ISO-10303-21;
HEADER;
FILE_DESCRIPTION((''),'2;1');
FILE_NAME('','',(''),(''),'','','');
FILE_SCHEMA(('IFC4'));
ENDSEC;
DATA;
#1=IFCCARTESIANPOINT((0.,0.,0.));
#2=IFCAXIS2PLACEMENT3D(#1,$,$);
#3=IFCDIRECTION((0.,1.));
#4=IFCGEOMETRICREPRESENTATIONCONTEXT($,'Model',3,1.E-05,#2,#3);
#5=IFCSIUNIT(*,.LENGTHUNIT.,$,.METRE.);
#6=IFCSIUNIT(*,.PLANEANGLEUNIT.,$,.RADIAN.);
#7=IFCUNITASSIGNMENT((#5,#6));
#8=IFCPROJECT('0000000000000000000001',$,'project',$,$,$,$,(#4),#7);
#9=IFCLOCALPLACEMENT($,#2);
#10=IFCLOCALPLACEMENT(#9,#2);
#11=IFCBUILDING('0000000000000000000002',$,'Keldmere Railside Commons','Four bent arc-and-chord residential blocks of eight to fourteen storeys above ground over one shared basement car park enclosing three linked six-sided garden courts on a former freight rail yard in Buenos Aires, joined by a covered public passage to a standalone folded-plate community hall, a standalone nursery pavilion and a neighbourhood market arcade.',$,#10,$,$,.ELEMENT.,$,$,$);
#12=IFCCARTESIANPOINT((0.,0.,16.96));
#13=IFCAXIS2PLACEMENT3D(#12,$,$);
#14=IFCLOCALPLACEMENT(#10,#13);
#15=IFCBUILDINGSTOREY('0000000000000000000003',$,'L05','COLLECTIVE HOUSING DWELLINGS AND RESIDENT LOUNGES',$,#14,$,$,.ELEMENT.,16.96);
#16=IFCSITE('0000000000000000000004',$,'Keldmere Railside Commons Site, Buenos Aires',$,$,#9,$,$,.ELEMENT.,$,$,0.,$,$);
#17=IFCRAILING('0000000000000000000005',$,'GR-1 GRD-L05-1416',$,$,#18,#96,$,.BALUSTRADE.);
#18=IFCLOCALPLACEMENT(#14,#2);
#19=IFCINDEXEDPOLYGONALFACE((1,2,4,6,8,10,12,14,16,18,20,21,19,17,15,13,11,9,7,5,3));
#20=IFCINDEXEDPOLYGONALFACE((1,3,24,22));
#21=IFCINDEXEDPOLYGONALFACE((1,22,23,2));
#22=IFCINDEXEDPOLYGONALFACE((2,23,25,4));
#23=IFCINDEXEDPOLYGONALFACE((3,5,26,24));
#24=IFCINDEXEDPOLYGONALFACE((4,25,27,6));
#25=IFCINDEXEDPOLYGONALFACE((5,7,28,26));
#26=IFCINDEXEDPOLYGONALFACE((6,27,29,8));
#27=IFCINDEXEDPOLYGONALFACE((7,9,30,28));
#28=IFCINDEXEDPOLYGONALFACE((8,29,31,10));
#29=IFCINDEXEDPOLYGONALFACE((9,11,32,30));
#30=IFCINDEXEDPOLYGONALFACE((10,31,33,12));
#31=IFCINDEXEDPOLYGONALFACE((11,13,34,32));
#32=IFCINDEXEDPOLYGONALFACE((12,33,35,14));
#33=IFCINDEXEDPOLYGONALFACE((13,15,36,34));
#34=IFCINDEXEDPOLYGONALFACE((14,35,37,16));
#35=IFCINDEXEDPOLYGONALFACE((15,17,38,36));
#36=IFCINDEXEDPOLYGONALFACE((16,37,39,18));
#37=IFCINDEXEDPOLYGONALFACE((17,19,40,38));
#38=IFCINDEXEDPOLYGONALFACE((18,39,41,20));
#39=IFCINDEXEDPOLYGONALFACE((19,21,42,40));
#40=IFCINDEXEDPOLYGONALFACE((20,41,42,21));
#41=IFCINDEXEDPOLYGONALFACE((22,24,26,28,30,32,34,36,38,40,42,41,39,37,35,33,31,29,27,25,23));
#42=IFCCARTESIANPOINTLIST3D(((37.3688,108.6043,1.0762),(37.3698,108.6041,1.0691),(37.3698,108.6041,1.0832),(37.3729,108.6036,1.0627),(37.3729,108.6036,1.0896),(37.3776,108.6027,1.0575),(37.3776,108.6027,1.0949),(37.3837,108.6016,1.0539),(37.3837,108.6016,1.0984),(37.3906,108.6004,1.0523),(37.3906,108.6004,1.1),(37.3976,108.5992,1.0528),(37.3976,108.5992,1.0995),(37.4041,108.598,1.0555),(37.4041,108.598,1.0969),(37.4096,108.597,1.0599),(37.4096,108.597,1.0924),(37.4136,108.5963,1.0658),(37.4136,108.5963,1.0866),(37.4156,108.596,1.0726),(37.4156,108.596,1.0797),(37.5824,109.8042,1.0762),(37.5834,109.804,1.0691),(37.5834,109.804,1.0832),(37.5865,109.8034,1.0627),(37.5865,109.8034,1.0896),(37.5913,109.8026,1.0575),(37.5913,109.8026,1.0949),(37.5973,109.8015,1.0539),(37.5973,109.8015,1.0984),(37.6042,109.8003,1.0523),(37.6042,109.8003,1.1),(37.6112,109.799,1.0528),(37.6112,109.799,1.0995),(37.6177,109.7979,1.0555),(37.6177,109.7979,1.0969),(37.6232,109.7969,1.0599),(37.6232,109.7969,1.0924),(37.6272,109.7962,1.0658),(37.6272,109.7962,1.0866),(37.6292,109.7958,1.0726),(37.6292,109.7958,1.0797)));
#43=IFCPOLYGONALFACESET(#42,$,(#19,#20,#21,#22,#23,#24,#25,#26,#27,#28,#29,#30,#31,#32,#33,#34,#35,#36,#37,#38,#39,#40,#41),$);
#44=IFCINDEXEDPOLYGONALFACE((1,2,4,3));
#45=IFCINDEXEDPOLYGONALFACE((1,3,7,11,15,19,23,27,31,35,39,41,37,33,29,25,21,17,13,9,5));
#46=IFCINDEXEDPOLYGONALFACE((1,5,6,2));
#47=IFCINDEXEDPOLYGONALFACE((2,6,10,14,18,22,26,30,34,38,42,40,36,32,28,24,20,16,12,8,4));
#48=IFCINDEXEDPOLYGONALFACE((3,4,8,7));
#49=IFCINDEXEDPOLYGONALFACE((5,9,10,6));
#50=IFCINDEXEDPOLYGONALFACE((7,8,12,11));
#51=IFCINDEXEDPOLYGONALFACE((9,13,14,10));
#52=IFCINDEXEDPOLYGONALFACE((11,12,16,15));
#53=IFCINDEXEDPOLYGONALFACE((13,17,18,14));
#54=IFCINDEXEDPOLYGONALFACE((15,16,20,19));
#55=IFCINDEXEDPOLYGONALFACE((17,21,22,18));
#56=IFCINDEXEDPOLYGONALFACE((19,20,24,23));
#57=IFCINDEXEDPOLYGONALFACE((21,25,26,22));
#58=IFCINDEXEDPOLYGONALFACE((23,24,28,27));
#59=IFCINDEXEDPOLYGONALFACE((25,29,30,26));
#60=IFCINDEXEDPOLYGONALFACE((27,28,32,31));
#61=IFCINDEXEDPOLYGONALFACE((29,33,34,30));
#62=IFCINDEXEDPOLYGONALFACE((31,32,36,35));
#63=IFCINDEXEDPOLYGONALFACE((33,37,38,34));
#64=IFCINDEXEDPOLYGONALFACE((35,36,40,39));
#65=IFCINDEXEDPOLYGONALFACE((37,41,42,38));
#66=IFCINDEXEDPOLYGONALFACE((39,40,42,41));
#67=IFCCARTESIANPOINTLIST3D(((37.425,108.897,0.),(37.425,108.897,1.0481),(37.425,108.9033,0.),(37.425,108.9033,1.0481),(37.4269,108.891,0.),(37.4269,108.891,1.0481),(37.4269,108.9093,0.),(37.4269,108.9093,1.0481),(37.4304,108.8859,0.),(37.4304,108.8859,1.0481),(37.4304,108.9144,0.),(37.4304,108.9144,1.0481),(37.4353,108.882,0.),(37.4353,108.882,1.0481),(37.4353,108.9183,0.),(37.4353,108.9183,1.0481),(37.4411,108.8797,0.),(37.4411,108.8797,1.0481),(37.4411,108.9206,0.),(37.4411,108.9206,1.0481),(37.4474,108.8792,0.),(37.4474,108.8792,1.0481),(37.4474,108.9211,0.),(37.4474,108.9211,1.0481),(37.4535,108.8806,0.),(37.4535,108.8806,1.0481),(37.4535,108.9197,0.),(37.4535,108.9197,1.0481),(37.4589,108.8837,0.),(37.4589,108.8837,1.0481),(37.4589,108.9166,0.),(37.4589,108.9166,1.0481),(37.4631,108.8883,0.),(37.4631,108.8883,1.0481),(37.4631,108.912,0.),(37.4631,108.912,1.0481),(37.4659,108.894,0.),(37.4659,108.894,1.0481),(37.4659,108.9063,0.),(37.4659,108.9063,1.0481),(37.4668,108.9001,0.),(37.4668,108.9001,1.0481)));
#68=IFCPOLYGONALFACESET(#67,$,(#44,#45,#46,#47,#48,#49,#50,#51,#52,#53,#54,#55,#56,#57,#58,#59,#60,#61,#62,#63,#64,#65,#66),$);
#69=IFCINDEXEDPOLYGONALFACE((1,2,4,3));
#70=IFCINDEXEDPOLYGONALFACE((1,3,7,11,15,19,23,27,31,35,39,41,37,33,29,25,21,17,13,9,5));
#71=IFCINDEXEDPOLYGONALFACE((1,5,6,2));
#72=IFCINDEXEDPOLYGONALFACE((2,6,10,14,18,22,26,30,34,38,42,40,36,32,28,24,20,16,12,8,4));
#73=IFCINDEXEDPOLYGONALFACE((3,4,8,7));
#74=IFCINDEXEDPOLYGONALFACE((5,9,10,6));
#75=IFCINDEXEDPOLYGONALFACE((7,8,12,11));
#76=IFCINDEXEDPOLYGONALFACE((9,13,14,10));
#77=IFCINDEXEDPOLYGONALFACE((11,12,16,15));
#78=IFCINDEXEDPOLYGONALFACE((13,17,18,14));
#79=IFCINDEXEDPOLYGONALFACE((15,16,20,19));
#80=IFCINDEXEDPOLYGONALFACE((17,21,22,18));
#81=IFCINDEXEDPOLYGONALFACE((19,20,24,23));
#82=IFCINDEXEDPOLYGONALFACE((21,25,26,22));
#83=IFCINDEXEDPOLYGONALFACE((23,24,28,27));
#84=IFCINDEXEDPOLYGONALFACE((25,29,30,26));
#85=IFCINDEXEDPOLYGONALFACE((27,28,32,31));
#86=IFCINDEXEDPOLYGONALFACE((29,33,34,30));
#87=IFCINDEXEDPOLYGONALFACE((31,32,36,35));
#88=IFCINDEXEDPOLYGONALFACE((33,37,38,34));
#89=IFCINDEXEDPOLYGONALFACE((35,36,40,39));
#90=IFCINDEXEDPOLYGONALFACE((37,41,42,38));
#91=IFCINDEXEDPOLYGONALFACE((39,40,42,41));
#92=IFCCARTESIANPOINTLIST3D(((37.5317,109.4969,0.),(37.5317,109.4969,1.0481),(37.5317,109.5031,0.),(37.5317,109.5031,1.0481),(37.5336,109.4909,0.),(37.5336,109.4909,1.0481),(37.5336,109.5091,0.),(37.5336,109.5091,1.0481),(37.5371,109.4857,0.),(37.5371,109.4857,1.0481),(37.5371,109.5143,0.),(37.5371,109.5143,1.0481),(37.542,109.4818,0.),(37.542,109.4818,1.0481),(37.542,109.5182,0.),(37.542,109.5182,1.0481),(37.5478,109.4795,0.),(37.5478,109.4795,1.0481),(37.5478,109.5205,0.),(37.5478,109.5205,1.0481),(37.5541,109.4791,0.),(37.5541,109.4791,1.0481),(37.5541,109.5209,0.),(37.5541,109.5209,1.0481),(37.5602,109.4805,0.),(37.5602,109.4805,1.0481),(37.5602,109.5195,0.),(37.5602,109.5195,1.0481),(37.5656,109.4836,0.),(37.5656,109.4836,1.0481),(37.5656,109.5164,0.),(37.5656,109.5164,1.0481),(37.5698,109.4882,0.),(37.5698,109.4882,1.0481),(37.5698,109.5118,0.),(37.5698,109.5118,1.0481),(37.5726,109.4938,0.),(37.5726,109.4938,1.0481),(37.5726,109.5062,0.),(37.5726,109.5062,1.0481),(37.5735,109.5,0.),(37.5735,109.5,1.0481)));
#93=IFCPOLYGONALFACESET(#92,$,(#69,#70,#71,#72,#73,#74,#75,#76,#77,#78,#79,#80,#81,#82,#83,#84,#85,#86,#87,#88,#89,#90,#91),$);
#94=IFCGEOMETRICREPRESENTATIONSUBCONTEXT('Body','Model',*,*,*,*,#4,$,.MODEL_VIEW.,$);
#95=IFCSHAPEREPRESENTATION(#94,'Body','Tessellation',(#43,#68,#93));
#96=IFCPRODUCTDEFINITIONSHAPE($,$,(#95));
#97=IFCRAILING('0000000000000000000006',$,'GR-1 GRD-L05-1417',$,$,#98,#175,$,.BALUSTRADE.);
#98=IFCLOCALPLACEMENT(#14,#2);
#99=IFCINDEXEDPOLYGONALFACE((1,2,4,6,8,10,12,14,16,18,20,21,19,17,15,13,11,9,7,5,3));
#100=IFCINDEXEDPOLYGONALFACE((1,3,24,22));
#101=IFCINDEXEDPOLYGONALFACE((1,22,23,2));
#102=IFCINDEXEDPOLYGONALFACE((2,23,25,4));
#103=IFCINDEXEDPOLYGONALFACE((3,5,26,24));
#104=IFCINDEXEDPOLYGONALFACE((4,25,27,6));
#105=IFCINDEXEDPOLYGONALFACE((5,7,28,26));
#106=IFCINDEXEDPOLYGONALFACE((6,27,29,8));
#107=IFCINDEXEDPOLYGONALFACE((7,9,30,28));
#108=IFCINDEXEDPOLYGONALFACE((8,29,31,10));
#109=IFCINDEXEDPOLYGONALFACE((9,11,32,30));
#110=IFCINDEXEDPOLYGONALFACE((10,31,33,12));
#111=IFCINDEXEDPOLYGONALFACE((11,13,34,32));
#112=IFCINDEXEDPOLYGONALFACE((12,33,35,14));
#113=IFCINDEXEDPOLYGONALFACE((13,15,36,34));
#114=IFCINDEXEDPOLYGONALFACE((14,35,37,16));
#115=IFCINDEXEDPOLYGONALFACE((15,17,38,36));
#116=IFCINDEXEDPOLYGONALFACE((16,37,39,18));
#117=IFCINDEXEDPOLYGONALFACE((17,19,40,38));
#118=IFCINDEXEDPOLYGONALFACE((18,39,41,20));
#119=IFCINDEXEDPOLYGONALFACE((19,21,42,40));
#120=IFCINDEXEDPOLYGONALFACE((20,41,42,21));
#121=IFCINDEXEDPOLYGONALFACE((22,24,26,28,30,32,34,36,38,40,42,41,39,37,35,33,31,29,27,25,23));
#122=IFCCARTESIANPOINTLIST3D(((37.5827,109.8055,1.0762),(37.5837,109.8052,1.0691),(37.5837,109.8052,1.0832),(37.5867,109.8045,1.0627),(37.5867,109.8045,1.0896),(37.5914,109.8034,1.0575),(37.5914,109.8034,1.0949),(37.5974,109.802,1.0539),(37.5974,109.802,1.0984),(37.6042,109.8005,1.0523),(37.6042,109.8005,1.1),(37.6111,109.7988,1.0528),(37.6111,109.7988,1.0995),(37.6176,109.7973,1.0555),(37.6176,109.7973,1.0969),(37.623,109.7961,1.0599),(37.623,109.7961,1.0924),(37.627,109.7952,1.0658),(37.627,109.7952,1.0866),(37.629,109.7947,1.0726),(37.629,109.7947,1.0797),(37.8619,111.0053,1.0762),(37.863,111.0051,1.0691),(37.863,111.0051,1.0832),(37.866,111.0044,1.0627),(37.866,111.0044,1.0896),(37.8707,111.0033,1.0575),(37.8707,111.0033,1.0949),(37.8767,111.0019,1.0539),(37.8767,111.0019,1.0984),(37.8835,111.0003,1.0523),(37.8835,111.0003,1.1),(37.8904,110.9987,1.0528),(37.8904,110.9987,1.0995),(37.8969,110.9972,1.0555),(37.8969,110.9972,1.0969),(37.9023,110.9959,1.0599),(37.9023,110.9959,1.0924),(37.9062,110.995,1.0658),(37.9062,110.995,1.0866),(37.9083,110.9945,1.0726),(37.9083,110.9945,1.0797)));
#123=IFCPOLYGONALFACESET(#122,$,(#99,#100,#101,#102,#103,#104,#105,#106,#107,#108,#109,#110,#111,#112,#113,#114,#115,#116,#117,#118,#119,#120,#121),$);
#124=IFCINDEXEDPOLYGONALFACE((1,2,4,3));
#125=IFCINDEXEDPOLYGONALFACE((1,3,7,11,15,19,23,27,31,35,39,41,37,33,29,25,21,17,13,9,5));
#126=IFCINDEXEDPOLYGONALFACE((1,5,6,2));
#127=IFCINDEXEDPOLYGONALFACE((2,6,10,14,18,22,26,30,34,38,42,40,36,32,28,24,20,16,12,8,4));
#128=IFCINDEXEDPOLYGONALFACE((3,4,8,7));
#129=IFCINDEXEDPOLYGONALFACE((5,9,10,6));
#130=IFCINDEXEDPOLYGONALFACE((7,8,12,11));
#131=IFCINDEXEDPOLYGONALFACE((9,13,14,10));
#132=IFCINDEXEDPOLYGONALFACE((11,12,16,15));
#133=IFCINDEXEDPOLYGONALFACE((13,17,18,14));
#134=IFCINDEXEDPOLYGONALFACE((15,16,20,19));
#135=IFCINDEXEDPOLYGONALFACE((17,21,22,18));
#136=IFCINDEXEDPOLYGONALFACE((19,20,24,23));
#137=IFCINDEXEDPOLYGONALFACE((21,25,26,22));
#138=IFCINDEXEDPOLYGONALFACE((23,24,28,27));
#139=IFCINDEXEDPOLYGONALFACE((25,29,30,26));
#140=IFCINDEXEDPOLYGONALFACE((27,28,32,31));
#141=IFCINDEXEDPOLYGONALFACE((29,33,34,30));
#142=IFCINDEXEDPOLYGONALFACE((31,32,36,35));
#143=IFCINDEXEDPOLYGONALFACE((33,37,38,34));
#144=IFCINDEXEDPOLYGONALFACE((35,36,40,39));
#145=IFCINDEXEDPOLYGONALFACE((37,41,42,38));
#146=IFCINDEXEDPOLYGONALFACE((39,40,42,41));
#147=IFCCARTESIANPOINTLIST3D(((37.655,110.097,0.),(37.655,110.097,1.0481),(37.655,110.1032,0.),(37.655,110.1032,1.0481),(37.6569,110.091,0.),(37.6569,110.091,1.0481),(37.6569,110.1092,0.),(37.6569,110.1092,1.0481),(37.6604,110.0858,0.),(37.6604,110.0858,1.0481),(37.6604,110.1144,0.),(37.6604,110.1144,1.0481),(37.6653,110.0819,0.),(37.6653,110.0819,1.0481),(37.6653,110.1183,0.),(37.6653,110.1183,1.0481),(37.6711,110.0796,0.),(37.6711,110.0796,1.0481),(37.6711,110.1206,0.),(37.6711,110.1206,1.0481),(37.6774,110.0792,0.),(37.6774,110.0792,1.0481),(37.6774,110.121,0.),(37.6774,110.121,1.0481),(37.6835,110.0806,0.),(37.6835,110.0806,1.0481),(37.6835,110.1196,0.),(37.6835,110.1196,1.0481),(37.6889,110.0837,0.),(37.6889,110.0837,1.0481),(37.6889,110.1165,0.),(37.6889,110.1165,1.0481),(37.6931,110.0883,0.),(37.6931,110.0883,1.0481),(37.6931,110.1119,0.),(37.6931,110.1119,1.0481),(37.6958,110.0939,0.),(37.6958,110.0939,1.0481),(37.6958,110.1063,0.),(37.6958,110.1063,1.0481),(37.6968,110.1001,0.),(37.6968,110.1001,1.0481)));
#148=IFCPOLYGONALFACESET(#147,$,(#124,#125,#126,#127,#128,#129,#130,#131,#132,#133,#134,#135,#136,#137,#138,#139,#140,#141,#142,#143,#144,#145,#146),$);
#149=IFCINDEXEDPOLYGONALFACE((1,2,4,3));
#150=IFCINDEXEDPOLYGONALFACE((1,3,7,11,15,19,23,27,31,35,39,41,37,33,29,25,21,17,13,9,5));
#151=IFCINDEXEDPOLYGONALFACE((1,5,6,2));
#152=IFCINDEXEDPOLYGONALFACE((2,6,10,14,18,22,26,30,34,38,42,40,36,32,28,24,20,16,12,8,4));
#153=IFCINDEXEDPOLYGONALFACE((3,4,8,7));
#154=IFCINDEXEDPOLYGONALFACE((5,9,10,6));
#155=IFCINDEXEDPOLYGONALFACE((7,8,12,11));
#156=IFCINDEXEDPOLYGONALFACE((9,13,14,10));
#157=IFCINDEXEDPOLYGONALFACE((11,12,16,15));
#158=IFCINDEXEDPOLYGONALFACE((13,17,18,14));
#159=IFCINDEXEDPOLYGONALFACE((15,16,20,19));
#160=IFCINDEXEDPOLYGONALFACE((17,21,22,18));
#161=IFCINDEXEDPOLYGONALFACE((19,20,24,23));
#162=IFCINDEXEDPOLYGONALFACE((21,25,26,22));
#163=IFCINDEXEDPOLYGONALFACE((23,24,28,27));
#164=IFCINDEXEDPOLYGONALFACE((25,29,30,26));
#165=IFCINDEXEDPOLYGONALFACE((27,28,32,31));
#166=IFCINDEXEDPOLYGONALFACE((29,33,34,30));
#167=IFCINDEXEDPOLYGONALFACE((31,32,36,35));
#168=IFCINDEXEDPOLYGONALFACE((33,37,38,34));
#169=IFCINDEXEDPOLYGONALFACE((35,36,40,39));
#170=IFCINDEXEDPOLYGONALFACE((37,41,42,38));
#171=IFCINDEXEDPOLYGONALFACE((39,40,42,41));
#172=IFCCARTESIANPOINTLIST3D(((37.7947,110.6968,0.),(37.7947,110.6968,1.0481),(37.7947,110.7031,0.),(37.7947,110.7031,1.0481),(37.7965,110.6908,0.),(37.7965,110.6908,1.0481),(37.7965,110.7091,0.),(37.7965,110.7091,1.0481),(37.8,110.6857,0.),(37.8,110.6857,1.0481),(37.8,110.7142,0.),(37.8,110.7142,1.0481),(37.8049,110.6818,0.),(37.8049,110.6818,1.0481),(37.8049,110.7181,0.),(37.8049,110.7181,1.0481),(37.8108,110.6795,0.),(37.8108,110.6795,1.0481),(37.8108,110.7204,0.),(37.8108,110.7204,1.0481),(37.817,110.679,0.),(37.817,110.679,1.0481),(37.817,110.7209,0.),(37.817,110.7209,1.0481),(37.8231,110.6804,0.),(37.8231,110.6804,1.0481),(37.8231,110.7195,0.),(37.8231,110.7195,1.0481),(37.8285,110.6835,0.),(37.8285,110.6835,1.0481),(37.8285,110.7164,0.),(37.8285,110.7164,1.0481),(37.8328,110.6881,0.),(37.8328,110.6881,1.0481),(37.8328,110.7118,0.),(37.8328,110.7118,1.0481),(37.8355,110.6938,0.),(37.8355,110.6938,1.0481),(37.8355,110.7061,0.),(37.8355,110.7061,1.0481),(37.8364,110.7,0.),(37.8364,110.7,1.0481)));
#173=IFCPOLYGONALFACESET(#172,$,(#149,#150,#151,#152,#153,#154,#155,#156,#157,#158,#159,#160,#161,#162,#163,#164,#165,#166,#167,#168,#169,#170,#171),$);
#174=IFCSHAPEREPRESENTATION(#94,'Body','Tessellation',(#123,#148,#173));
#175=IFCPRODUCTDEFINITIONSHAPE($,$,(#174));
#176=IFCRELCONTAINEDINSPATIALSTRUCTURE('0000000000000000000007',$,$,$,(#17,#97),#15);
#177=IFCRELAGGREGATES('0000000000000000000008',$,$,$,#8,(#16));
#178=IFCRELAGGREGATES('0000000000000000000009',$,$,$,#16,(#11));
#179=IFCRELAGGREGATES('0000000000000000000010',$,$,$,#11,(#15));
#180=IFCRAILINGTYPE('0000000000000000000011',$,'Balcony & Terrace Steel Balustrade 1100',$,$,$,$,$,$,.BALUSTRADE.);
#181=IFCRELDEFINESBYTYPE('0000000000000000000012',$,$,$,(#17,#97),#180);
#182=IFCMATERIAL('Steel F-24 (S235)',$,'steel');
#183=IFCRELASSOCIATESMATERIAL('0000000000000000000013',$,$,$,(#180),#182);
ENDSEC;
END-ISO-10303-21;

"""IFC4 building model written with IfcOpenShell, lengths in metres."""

from ifc_helpers import new_model, si_unit, direction, frame, origin, origin_2d, place, context, subcontext, project, spatial, circle, extrude, material, type_object, element, save


model = new_model("IFC4")

# Units and contexts
model_context = context("Model", 3, precision=1e-05, world=origin(), true_north=direction((0.0, 1.0)))
body_context = subcontext(model_context, "Body", "Model", "MODEL_VIEW")
ifc_project = project(units=[si_unit("LENGTHUNIT", "METRE"), si_unit("PLANEANGLEUNIT", "RADIAN")], contexts=[model_context])

# Site, building, storey
site_placement = place(None, origin())
site = spatial("IfcSite", under=ifc_project, at=site_placement, Name="Keldmere Railside Commons Site, Buenos Aires", CompositionType="ELEMENT", RefElevation=0.0)
building_placement = place(site_placement, origin())
building = spatial("IfcBuilding", under=site, at=building_placement, Name="Keldmere Railside Commons", Description="Four bent arc-and-chord residential blocks of eight to fourteen storeys above ground over one shared basement car park enclosing three linked six-sided garden courts on a former freight rail yard in Buenos Aires, joined by a covered public passage to a standalone folded-plate community hall, a standalone nursery pavilion and a neighbourhood market arcade.", CompositionType="ELEMENT")
storey_placement = place(building_placement, frame((0.0, 0.0, 16.96)))
storey = spatial("IfcBuildingStorey", under=building, at=storey_placement, Name="L05", Description="COLLECTIVE HOUSING DWELLINGS AND RESIDENT LOUNGES", CompositionType="ELEMENT", Elevation=16.96)

# Shared definitions
ifc_material_1 = material(Name="Steel F-24 (S235)", Category="steel")

# Railings
railing_type_1 = type_object("IfcRailingType", Name="Balcony & Terrace Steel Balustrade 1100", PredefinedType="BALUSTRADE", material=ifc_material_1)
railing_1_placement = place(storey_placement, frame((37.3923, 108.6001, 0.0)))
element("IfcRailing", 1, at=railing_1_placement, inside=storey, type_object=railing_type_1, Name="GR-1 GRD-L05-1416", PredefinedType="BALUSTRADE", context=body_context, shape_type="SweptSolid", body=[
    extrude(circle(Radius=0.0239, at=origin_2d()), frame((0.0, 0.0, 1.0762), z_axis=(0.175271, 0.98452, 0.0), x_axis=(-0.98452, 0.175271, 0.0)), (0.0, 0.0, 1.0), 1.2188),
    extrude(circle(Radius=0.021, at=origin_2d()), frame((0.0535, 0.3, 0.0)), (0.0, 0.0, 1.0), 1.0481),
    extrude(circle(Radius=0.021, at=origin_2d()), frame((0.1602, 0.8999, 0.0)), (0.0, 0.0, 1.0), 1.0481),
])
railing_2_placement = place(storey_placement, frame((37.606, 109.8, 0.0)))
element("IfcRailing", 2, at=railing_2_placement, inside=storey, type_object=railing_type_1, Name="GR-1 GRD-L05-1417", PredefinedType="BALUSTRADE", context=body_context, shape_type="SweptSolid", body=[
    extrude(circle(Radius=0.0239, at=origin_2d()), frame((0.0, 0.0, 1.0762), z_axis=(0.226697, 0.973965, 0.0), x_axis=(-0.973965, 0.226697, 0.0)), (0.0, 0.0, 1.0), 1.2319),
    extrude(circle(Radius=0.021, at=origin_2d()), frame((0.0698, 0.3, 0.0)), (0.0, 0.0, 1.0), 1.0481),
    extrude(circle(Radius=0.021, at=origin_2d()), frame((0.2095, 0.8999, 0.0)), (0.0, 0.0, 1.0), 1.0481),
])

save(model, "model.ifc")
